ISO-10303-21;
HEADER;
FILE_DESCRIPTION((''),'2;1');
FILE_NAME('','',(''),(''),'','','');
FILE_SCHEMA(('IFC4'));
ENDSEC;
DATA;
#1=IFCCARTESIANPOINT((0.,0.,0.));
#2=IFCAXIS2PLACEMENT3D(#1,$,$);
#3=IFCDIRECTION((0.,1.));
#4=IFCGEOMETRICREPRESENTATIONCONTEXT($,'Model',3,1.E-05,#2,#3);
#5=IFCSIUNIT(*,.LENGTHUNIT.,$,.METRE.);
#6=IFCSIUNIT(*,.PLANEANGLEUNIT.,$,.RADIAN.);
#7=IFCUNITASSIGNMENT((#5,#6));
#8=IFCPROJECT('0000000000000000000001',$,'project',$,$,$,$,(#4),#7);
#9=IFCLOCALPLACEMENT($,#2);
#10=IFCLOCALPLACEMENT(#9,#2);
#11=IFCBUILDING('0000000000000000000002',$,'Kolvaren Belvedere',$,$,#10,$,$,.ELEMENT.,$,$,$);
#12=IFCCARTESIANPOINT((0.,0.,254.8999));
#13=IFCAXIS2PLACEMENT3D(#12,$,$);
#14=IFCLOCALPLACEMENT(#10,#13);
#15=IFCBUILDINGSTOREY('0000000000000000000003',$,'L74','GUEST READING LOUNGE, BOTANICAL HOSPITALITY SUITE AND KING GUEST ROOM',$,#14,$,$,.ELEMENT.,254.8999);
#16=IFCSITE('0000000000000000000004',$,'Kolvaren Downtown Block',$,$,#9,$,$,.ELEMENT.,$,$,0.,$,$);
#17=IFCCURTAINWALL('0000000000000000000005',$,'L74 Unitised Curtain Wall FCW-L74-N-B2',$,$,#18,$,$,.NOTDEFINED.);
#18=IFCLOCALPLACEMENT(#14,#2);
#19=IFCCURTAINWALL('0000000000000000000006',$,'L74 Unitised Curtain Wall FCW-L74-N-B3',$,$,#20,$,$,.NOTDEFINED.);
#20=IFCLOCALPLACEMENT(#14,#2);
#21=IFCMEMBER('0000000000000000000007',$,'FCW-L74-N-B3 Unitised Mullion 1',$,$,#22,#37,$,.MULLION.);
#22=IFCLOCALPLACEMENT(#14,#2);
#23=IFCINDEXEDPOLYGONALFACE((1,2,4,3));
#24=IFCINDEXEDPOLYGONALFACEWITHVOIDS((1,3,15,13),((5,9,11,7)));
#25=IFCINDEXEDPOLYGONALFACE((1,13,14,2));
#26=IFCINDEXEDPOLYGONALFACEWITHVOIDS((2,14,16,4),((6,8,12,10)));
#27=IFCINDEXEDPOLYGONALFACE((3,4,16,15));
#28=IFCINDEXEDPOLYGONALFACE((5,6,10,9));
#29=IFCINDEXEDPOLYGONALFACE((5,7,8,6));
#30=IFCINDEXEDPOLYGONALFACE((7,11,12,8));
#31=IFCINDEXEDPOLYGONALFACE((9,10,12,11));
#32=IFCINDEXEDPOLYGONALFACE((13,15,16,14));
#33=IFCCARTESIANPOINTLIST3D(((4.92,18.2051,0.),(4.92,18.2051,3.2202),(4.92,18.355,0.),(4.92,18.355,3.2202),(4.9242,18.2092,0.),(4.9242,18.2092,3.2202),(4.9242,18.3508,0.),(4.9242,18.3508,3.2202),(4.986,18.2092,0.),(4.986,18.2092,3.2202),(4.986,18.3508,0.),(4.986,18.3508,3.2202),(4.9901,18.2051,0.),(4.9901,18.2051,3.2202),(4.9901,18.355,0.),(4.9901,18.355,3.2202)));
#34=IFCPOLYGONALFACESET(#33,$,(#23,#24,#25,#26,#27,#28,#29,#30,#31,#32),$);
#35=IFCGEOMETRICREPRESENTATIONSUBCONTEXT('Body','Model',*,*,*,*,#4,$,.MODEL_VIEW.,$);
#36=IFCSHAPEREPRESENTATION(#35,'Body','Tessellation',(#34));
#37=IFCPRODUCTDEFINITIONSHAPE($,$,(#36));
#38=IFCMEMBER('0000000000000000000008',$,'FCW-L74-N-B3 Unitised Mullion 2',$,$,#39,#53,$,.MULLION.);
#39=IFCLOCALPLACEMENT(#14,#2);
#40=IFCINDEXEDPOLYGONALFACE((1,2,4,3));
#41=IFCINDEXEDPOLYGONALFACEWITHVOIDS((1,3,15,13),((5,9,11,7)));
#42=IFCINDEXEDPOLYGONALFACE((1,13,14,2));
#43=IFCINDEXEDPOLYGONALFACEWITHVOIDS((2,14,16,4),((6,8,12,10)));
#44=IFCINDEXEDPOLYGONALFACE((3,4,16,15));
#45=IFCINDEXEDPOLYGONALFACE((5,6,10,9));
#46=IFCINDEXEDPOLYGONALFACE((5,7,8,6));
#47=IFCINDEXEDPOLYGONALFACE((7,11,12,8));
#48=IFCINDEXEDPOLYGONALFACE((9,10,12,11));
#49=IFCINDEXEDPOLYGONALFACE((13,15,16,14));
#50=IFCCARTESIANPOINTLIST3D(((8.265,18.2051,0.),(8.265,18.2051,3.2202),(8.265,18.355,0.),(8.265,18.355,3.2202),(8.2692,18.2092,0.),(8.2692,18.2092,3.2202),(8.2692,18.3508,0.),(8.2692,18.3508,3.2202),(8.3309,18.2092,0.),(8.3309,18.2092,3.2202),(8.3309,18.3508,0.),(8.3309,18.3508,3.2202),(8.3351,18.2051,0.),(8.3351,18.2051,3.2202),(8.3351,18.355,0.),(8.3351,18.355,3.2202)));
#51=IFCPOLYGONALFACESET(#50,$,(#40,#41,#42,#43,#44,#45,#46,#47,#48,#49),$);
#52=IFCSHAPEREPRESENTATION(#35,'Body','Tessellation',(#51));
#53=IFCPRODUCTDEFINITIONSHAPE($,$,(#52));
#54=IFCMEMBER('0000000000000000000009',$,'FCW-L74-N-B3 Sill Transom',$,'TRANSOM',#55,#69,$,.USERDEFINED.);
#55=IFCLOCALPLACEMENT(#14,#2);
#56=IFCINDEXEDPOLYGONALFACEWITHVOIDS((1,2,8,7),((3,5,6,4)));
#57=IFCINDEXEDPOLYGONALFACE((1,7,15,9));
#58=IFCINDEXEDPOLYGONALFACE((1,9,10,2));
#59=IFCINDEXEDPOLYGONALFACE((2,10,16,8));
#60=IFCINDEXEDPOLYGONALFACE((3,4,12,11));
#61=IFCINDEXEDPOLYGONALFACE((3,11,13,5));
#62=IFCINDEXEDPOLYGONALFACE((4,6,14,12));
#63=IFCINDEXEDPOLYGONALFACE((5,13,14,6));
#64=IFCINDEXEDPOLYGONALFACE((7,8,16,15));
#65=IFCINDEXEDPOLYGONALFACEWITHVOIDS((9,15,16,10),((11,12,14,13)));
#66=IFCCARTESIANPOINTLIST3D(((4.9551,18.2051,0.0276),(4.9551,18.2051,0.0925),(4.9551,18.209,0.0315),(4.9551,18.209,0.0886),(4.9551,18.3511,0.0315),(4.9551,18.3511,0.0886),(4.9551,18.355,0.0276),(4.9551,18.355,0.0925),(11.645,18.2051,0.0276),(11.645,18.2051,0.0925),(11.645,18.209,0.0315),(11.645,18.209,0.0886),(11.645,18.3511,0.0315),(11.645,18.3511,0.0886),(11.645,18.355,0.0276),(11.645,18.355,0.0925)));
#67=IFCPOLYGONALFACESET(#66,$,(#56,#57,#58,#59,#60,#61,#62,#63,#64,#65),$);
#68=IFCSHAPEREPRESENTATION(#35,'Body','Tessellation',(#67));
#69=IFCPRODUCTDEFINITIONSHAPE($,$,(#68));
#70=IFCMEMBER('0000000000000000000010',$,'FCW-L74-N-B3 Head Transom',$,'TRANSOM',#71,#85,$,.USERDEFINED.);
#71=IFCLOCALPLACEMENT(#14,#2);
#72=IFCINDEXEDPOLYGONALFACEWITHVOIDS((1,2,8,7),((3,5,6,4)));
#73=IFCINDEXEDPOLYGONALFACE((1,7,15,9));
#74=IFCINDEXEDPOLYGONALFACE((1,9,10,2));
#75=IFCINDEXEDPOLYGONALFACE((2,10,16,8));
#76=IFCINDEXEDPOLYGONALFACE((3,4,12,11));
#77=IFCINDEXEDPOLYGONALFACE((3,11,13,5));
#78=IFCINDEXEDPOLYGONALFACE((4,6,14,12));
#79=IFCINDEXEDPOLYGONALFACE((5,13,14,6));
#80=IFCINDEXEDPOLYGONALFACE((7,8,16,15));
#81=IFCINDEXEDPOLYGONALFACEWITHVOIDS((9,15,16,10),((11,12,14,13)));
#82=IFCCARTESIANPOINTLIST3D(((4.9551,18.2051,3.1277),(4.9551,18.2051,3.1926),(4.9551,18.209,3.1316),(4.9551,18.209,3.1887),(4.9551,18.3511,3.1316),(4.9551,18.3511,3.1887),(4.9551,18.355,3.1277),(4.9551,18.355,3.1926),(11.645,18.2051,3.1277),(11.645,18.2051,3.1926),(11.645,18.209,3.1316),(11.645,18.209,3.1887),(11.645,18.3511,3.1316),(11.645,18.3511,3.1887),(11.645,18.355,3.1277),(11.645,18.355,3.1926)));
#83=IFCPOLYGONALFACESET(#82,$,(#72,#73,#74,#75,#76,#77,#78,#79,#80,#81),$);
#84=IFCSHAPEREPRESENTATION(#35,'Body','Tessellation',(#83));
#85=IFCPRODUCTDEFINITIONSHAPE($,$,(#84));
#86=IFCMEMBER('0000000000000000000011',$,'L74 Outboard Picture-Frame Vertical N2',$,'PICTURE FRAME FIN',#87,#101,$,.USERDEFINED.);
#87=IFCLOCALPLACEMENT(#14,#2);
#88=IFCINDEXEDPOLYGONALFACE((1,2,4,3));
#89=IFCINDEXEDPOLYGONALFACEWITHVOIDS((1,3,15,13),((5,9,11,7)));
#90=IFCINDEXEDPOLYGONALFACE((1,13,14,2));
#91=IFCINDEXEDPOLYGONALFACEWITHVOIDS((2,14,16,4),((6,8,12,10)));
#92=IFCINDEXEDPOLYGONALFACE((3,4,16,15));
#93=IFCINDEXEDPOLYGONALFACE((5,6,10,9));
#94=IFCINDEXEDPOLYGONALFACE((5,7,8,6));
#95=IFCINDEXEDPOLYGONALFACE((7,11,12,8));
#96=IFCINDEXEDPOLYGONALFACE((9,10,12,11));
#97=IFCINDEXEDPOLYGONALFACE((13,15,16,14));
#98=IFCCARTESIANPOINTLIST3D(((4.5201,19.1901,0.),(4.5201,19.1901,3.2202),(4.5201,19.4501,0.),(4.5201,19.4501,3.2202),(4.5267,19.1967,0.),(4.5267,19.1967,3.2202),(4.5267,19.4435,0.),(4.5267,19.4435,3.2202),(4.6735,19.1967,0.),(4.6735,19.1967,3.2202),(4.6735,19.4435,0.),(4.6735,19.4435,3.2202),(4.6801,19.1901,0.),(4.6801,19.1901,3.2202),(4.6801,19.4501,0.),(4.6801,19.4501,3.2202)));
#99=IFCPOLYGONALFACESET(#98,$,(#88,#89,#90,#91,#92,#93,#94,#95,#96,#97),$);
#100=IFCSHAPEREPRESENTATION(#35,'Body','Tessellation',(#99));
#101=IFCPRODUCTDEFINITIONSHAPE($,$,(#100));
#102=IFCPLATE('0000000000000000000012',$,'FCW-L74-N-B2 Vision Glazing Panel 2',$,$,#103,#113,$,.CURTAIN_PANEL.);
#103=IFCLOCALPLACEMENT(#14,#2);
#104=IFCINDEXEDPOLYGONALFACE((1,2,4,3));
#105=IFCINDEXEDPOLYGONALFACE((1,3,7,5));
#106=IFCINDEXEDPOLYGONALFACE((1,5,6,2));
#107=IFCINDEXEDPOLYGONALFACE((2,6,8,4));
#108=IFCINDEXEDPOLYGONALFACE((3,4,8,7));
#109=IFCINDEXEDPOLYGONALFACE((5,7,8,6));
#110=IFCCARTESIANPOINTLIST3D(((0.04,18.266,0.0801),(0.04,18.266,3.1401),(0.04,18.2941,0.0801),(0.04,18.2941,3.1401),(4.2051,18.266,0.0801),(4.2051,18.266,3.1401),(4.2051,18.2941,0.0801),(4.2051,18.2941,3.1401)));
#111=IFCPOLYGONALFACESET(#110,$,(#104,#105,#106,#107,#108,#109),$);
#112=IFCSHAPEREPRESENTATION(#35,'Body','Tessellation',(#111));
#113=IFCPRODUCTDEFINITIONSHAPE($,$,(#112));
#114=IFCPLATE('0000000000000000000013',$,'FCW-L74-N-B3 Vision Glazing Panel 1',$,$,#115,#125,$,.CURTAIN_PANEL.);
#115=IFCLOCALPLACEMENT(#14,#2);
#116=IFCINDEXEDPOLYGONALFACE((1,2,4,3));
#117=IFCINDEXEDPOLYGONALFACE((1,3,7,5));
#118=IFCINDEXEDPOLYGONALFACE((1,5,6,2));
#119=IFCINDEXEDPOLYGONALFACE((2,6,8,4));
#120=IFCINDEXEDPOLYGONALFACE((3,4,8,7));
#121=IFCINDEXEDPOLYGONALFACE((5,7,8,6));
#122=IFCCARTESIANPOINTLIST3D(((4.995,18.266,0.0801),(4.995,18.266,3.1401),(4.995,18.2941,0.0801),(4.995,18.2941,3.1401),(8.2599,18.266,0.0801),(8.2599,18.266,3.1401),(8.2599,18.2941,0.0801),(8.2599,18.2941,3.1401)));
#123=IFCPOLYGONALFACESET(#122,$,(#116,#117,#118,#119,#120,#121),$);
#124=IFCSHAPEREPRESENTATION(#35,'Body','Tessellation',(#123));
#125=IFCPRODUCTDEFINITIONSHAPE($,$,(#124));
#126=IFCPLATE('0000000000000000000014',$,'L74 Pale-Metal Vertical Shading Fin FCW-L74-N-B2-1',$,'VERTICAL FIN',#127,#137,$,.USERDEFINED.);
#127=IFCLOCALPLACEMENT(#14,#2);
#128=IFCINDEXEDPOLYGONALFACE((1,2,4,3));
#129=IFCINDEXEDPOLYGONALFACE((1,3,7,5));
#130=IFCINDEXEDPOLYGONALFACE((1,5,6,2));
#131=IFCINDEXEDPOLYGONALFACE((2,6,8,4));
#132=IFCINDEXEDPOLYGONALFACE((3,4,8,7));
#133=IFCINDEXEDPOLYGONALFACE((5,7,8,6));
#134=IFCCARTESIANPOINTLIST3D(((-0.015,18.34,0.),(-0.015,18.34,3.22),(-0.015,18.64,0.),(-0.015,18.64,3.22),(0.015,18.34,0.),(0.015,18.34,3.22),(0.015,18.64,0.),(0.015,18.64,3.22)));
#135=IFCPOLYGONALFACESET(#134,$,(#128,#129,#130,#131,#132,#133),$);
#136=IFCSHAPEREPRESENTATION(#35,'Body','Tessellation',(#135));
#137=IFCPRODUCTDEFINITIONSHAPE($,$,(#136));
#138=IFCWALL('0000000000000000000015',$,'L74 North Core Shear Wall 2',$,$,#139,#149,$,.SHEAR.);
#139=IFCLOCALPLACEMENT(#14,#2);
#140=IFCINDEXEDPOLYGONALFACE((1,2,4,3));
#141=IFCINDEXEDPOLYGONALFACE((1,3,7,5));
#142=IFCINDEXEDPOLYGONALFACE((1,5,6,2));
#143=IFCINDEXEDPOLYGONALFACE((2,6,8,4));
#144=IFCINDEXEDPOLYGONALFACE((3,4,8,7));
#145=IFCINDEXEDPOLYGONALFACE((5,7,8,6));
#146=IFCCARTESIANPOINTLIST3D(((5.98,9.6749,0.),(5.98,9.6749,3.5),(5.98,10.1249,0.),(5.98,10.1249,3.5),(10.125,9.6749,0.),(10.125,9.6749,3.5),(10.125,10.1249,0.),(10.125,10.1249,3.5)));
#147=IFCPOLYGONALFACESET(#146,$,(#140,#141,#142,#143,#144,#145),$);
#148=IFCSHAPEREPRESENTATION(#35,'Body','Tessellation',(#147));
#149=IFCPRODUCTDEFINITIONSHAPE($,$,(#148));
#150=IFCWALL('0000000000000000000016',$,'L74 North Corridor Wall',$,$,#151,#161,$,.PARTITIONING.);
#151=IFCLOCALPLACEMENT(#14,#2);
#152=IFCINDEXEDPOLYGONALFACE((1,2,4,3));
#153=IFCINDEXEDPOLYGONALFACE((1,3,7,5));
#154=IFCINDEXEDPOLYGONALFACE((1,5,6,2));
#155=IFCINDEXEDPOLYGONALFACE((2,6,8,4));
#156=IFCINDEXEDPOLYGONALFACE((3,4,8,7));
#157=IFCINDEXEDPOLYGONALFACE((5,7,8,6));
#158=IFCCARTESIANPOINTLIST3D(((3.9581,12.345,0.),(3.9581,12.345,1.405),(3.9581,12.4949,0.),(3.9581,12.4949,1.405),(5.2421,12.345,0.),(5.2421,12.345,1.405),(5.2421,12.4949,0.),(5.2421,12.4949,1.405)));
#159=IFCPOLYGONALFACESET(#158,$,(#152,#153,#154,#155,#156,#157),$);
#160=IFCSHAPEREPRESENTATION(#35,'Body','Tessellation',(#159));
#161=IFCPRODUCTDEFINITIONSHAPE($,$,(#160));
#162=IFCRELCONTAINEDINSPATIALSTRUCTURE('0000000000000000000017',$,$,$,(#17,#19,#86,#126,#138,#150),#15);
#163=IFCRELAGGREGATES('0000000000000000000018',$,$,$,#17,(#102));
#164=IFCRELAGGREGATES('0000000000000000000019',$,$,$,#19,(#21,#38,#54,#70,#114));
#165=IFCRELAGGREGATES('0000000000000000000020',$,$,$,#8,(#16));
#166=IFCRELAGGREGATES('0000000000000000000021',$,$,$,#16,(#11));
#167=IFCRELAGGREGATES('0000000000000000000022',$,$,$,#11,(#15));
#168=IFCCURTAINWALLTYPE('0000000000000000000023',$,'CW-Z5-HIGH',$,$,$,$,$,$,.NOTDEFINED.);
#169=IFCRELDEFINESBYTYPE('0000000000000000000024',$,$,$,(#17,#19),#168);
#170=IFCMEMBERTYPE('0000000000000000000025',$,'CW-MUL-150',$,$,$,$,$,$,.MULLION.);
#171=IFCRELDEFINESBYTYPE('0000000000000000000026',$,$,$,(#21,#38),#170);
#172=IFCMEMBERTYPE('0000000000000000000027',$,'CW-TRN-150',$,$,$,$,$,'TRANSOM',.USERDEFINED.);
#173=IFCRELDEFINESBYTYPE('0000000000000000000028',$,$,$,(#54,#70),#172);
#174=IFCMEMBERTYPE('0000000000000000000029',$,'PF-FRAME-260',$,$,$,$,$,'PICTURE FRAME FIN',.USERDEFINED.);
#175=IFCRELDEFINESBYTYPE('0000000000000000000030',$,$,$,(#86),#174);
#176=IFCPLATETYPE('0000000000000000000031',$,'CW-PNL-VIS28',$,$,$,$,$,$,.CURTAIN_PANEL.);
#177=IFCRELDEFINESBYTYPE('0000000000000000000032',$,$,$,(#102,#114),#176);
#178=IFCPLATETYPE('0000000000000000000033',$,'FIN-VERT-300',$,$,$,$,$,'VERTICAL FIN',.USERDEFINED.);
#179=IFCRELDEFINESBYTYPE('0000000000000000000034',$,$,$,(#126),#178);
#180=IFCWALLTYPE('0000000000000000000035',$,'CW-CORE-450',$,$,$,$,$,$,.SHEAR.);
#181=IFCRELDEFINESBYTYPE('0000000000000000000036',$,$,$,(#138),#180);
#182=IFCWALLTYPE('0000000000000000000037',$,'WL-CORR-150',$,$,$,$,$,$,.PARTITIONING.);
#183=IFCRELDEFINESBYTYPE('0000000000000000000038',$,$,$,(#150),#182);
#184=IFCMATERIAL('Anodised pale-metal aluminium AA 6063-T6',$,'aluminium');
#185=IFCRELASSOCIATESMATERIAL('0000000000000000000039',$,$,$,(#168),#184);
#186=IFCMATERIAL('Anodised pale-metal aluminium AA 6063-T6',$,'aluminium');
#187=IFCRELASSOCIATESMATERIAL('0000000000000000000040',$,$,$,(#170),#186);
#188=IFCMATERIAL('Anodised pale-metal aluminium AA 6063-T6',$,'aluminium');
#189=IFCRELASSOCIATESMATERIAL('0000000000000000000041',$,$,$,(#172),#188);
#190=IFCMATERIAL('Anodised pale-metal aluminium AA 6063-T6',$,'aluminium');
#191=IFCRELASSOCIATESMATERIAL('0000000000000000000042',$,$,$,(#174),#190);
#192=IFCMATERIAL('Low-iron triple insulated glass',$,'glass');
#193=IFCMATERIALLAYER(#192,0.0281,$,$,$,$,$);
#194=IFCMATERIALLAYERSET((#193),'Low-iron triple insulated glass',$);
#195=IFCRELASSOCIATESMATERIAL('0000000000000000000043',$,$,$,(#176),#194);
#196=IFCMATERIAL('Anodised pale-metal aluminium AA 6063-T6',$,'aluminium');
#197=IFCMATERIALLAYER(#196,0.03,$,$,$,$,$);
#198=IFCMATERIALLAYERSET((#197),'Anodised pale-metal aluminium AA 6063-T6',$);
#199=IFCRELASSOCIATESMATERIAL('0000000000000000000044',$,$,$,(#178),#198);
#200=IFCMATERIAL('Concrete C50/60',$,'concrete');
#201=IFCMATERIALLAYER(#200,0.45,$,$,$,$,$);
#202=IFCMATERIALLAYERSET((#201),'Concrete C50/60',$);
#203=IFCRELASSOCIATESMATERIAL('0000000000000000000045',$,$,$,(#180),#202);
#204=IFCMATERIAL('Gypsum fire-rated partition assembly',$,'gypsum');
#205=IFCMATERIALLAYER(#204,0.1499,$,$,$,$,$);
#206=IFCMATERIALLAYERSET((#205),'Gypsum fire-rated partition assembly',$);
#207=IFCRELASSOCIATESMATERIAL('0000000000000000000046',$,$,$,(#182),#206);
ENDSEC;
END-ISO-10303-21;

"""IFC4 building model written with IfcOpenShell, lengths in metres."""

from ifc_helpers import new_model, si_unit, direction, frame, frame_2d, origin, origin_2d, place, context, subcontext, project, spatial, rectangle, hollow_rectangle, extrude, material, layer, layer_set, material_profile, profile_set, type_object, element, aggregate, save


model = new_model("IFC4")

# Units and contexts
model_context = context("Model", 3, precision=1e-05, world=origin(), true_north=direction((0.0, 1.0)))
body_context = subcontext(model_context, "Body", "Model", "MODEL_VIEW")
ifc_project = project(units=[si_unit("LENGTHUNIT", "METRE"), si_unit("PLANEANGLEUNIT", "RADIAN")], contexts=[model_context])

# Site, building, storey
site_placement = place(None, origin())
site = spatial("IfcSite", under=ifc_project, at=site_placement, Name="Kolvaren Downtown Block", CompositionType="ELEMENT", RefElevation=0.0)
building_placement = place(site_placement, origin())
building = spatial("IfcBuilding", under=site, at=building_placement, Name="Kolvaren Belvedere", CompositionType="ELEMENT")
storey_placement = place(building_placement, frame((0.0, 0.0, 254.8999)))
storey = spatial("IfcBuildingStorey", under=building, at=storey_placement, Name="L74", Description="GUEST READING LOUNGE, BOTANICAL HOSPITALITY SUITE AND KING GUEST ROOM", CompositionType="ELEMENT", Elevation=254.8999)

# Curtain walls, members
ifc_material_1 = material(Name="Anodised pale-metal aluminium AA 6063-T6", Category="aluminium")
curtain_wall_type = type_object("IfcCurtainWallType", Name="CW-Z5-HIGH", PredefinedType="NOTDEFINED", material=ifc_material_1)
curtain_wall_1_placement = place(storey_placement, origin())
curtain_wall_1 = element("IfcCurtainWall", 1, at=curtain_wall_1_placement, inside=storey, type_object=curtain_wall_type, Name="L74 Unitised Curtain Wall FCW-L74-N-B2", PredefinedType="NOTDEFINED")
ifc_material_2 = material(Name="Anodised pale-metal aluminium AA 6063-T6", Category="aluminium")
ifc_material_profile_1 = material_profile(ifc_material_2, hollow_rectangle(XDim=0.0701, YDim=0.1499, WallThickness=0.0042, at=origin_2d()), Name="ALU-MUL-150X70")
ifc_profile_set_1 = profile_set([ifc_material_profile_1], Name="Anodised pale-metal aluminium AA 6063-T6")
member_type_1 = type_object("IfcMemberType", Name="CW-MUL-150", PredefinedType="MULLION", material=ifc_profile_set_1)
curtain_wall_2_placement = place(storey_placement, origin())
curtain_wall_2 = element("IfcCurtainWall", 2, at=curtain_wall_2_placement, inside=storey, type_object=curtain_wall_type, Name="L74 Unitised Curtain Wall FCW-L74-N-B3", PredefinedType="NOTDEFINED")
member_1_placement = place(storey_placement, frame((4.9551, 18.28, 0.0), z_axis=(0.0, 0.0, 1.0), x_axis=(1.0, 0.0, 0.0)))
member_1 = element("IfcMember", 3, at=member_1_placement, type_object=member_type_1, Name="FCW-L74-N-B3 Unitised Mullion 1", PredefinedType="MULLION", context=body_context, shape_type="SweptSolid", body=[
    extrude(hollow_rectangle(XDim=0.0701, YDim=0.1499, WallThickness=0.0042, at=origin_2d()), origin(), (0.0, 0.0, 1.0), 3.2202),
])
member_2_placement = place(storey_placement, frame((8.3, 18.28, 0.0), z_axis=(0.0, 0.0, 1.0), x_axis=(1.0, 0.0, 0.0)))
member_2 = element("IfcMember", 4, at=member_2_placement, type_object=member_type_1, Name="FCW-L74-N-B3 Unitised Mullion 2", PredefinedType="MULLION", context=body_context, shape_type="SweptSolid", body=[
    extrude(hollow_rectangle(XDim=0.0701, YDim=0.1499, WallThickness=0.0042, at=origin_2d()), origin(), (0.0, 0.0, 1.0), 3.2202),
])
ifc_material_3 = material(Name="Anodised pale-metal aluminium AA 6063-T6", Category="aluminium")
ifc_material_profile_2 = material_profile(ifc_material_3, hollow_rectangle(XDim=0.0649, YDim=0.1499, WallThickness=0.0039, at=origin_2d()), Name="ALU-TRN-150X65")
ifc_profile_set_2 = profile_set([ifc_material_profile_2], Name="Anodised pale-metal aluminium AA 6063-T6")
member_type_2 = type_object("IfcMemberType", Name="CW-TRN-150", ElementType="TRANSOM", PredefinedType="USERDEFINED", material=ifc_profile_set_2)
member_3_placement = place(storey_placement, frame((4.9551, 18.28, 0.0601), z_axis=(1.0, 0.0, 0.0), x_axis=(0.0, 0.0, 1.0)))
member_3 = element("IfcMember", 5, at=member_3_placement, type_object=member_type_2, Name="FCW-L74-N-B3 Sill Transom", ObjectType="TRANSOM", PredefinedType="USERDEFINED", context=body_context, shape_type="SweptSolid", body=[
    extrude(hollow_rectangle(XDim=0.0649, YDim=0.1499, WallThickness=0.0039, at=origin_2d()), origin(), (0.0, 0.0, 1.0), 6.6899),
])
member_4_placement = place(storey_placement, frame((4.9551, 18.28, 3.1602), z_axis=(1.0, 0.0, 0.0), x_axis=(0.0, 0.0, 1.0)))
member_4 = element("IfcMember", 6, at=member_4_placement, type_object=member_type_2, Name="FCW-L74-N-B3 Head Transom", ObjectType="TRANSOM", PredefinedType="USERDEFINED", context=body_context, shape_type="SweptSolid", body=[
    extrude(hollow_rectangle(XDim=0.0649, YDim=0.1499, WallThickness=0.0039, at=origin_2d()), origin(), (0.0, 0.0, 1.0), 6.6899),
])

# Member
ifc_material_4 = material(Name="Anodised pale-metal aluminium AA 6063-T6", Category="aluminium")
ifc_material_profile_3 = material_profile(ifc_material_4, hollow_rectangle(XDim=0.1599, YDim=0.26, WallThickness=0.0066, at=origin_2d()), Name="ALU-PF-260X160")
ifc_profile_set_3 = profile_set([ifc_material_profile_3], Name="Anodised pale-metal aluminium AA 6063-T6")
member_type_3 = type_object("IfcMemberType", Name="PF-FRAME-260", ElementType="PICTURE FRAME FIN", PredefinedType="USERDEFINED", material=ifc_profile_set_3)
member_5_placement = place(storey_placement, frame((4.6001, 19.3201, 0.0), z_axis=(0.0, 0.0, 1.0), x_axis=(1.0, 0.0, 0.0)))
element("IfcMember", 7, at=member_5_placement, inside=storey, type_object=member_type_3, Name="L74 Outboard Picture-Frame Vertical N2", ObjectType="PICTURE FRAME FIN", PredefinedType="USERDEFINED", context=body_context, shape_type="SweptSolid", body=[
    extrude(hollow_rectangle(XDim=0.1599, YDim=0.26, WallThickness=0.0066, at=origin_2d()), origin(), (0.0, 0.0, 1.0), 3.2202),
])

# Plates
ifc_material_5 = material(Name="Low-iron triple insulated glass", Category="glass")
ifc_layer_1 = layer(ifc_material_5, 0.0281)
ifc_layer_set_1 = layer_set([ifc_layer_1], Name="Low-iron triple insulated glass")
plate_type_1 = type_object("IfcPlateType", Name="CW-PNL-VIS28", PredefinedType="CURTAIN_PANEL", material=ifc_layer_set_1)
plate_1_placement = place(storey_placement, frame((2.1226, 18.28, 0.0801), z_axis=(0.0, 0.0, 1.0), x_axis=(1.0, 0.0, 0.0)))
plate_1 = element("IfcPlate", 8, at=plate_1_placement, type_object=plate_type_1, Name="FCW-L74-N-B2 Vision Glazing Panel 2", PredefinedType="CURTAIN_PANEL", context=body_context, shape_type="SweptSolid", body=[
    extrude(rectangle(XDim=4.165, YDim=0.0281, at=origin_2d()), origin(), (0.0, 0.0, 1.0), 3.0601),
])
aggregate(curtain_wall_1, [plate_1])
plate_2_placement = place(storey_placement, frame((6.6274, 18.28, 0.0801), z_axis=(0.0, 0.0, 1.0), x_axis=(1.0, 0.0, 0.0)))
plate_2 = element("IfcPlate", 9, at=plate_2_placement, type_object=plate_type_1, Name="FCW-L74-N-B3 Vision Glazing Panel 1", PredefinedType="CURTAIN_PANEL", context=body_context, shape_type="SweptSolid", body=[
    extrude(rectangle(XDim=3.2649, YDim=0.0281, at=origin_2d()), origin(), (0.0, 0.0, 1.0), 3.0601),
])
aggregate(curtain_wall_2, [member_1, member_2, member_3, member_4, plate_2])
ifc_material_6 = material(Name="Anodised pale-metal aluminium AA 6063-T6", Category="aluminium")
ifc_layer_2 = layer(ifc_material_6, 0.03)
ifc_layer_set_2 = layer_set([ifc_layer_2], Name="Anodised pale-metal aluminium AA 6063-T6")
plate_type_2 = type_object("IfcPlateType", Name="FIN-VERT-300", ElementType="VERTICAL FIN", PredefinedType="USERDEFINED", material=ifc_layer_set_2)
plate_3_placement = place(storey_placement, frame((0.0, 18.49, 0.0), z_axis=(0.0, 0.0, 1.0), x_axis=(0.0, 1.0, 0.0)))
element("IfcPlate", 10, at=plate_3_placement, inside=storey, type_object=plate_type_2, Name="L74 Pale-Metal Vertical Shading Fin FCW-L74-N-B2-1", ObjectType="VERTICAL FIN", PredefinedType="USERDEFINED", context=body_context, shape_type="SweptSolid", body=[
    extrude(rectangle(XDim=0.3, YDim=0.03, at=origin_2d()), origin(), (0.0, 0.0, 1.0), 3.22),
])

# Walls
ifc_material_7 = material(Name="Concrete C50/60", Category="concrete")
ifc_layer_3 = layer(ifc_material_7, 0.45)
ifc_layer_set_3 = layer_set([ifc_layer_3], Name="Concrete C50/60")
wall_type_1 = type_object("IfcWallType", Name="CW-CORE-450", PredefinedType="SHEAR", material=ifc_layer_set_3)
wall_1_placement = place(storey_placement, frame((5.98, 9.8999, 0.0), z_axis=(0.0, 0.0, 1.0), x_axis=(1.0, 0.0, 0.0)))
element("IfcWall", 11, at=wall_1_placement, inside=storey, type_object=wall_type_1, Name="L74 North Core Shear Wall 2", PredefinedType="SHEAR", context=body_context, shape_type="SweptSolid", body=[
    extrude(rectangle(XDim=4.145, YDim=0.45, at=frame_2d((2.0725, 0.0))), origin(), (0.0, 0.0, 1.0), 3.5),
])
ifc_material_8 = material(Name="Gypsum fire-rated partition assembly", Category="gypsum")
ifc_layer_4 = layer(ifc_material_8, 0.1499)
ifc_layer_set_4 = layer_set([ifc_layer_4], Name="Gypsum fire-rated partition assembly")
wall_type_2 = type_object("IfcWallType", Name="WL-CORR-150", PredefinedType="PARTITIONING", material=ifc_layer_set_4)
wall_2_placement = place(storey_placement, frame((3.958, 12.4199, 0.0), z_axis=(0.0, 0.0, 1.0), x_axis=(1.0, 0.0, 0.0)))
element("IfcWall", 12, at=wall_2_placement, inside=storey, type_object=wall_type_2, Name="L74 North Corridor Wall", PredefinedType="PARTITIONING", context=body_context, shape_type="SweptSolid", body=[
    extrude(rectangle(XDim=1.2839, YDim=0.1499, at=frame_2d((0.6421, 0.0))), origin(), (0.0, 0.0, 1.0), 1.405),
])

save(model, "model.ifc")
